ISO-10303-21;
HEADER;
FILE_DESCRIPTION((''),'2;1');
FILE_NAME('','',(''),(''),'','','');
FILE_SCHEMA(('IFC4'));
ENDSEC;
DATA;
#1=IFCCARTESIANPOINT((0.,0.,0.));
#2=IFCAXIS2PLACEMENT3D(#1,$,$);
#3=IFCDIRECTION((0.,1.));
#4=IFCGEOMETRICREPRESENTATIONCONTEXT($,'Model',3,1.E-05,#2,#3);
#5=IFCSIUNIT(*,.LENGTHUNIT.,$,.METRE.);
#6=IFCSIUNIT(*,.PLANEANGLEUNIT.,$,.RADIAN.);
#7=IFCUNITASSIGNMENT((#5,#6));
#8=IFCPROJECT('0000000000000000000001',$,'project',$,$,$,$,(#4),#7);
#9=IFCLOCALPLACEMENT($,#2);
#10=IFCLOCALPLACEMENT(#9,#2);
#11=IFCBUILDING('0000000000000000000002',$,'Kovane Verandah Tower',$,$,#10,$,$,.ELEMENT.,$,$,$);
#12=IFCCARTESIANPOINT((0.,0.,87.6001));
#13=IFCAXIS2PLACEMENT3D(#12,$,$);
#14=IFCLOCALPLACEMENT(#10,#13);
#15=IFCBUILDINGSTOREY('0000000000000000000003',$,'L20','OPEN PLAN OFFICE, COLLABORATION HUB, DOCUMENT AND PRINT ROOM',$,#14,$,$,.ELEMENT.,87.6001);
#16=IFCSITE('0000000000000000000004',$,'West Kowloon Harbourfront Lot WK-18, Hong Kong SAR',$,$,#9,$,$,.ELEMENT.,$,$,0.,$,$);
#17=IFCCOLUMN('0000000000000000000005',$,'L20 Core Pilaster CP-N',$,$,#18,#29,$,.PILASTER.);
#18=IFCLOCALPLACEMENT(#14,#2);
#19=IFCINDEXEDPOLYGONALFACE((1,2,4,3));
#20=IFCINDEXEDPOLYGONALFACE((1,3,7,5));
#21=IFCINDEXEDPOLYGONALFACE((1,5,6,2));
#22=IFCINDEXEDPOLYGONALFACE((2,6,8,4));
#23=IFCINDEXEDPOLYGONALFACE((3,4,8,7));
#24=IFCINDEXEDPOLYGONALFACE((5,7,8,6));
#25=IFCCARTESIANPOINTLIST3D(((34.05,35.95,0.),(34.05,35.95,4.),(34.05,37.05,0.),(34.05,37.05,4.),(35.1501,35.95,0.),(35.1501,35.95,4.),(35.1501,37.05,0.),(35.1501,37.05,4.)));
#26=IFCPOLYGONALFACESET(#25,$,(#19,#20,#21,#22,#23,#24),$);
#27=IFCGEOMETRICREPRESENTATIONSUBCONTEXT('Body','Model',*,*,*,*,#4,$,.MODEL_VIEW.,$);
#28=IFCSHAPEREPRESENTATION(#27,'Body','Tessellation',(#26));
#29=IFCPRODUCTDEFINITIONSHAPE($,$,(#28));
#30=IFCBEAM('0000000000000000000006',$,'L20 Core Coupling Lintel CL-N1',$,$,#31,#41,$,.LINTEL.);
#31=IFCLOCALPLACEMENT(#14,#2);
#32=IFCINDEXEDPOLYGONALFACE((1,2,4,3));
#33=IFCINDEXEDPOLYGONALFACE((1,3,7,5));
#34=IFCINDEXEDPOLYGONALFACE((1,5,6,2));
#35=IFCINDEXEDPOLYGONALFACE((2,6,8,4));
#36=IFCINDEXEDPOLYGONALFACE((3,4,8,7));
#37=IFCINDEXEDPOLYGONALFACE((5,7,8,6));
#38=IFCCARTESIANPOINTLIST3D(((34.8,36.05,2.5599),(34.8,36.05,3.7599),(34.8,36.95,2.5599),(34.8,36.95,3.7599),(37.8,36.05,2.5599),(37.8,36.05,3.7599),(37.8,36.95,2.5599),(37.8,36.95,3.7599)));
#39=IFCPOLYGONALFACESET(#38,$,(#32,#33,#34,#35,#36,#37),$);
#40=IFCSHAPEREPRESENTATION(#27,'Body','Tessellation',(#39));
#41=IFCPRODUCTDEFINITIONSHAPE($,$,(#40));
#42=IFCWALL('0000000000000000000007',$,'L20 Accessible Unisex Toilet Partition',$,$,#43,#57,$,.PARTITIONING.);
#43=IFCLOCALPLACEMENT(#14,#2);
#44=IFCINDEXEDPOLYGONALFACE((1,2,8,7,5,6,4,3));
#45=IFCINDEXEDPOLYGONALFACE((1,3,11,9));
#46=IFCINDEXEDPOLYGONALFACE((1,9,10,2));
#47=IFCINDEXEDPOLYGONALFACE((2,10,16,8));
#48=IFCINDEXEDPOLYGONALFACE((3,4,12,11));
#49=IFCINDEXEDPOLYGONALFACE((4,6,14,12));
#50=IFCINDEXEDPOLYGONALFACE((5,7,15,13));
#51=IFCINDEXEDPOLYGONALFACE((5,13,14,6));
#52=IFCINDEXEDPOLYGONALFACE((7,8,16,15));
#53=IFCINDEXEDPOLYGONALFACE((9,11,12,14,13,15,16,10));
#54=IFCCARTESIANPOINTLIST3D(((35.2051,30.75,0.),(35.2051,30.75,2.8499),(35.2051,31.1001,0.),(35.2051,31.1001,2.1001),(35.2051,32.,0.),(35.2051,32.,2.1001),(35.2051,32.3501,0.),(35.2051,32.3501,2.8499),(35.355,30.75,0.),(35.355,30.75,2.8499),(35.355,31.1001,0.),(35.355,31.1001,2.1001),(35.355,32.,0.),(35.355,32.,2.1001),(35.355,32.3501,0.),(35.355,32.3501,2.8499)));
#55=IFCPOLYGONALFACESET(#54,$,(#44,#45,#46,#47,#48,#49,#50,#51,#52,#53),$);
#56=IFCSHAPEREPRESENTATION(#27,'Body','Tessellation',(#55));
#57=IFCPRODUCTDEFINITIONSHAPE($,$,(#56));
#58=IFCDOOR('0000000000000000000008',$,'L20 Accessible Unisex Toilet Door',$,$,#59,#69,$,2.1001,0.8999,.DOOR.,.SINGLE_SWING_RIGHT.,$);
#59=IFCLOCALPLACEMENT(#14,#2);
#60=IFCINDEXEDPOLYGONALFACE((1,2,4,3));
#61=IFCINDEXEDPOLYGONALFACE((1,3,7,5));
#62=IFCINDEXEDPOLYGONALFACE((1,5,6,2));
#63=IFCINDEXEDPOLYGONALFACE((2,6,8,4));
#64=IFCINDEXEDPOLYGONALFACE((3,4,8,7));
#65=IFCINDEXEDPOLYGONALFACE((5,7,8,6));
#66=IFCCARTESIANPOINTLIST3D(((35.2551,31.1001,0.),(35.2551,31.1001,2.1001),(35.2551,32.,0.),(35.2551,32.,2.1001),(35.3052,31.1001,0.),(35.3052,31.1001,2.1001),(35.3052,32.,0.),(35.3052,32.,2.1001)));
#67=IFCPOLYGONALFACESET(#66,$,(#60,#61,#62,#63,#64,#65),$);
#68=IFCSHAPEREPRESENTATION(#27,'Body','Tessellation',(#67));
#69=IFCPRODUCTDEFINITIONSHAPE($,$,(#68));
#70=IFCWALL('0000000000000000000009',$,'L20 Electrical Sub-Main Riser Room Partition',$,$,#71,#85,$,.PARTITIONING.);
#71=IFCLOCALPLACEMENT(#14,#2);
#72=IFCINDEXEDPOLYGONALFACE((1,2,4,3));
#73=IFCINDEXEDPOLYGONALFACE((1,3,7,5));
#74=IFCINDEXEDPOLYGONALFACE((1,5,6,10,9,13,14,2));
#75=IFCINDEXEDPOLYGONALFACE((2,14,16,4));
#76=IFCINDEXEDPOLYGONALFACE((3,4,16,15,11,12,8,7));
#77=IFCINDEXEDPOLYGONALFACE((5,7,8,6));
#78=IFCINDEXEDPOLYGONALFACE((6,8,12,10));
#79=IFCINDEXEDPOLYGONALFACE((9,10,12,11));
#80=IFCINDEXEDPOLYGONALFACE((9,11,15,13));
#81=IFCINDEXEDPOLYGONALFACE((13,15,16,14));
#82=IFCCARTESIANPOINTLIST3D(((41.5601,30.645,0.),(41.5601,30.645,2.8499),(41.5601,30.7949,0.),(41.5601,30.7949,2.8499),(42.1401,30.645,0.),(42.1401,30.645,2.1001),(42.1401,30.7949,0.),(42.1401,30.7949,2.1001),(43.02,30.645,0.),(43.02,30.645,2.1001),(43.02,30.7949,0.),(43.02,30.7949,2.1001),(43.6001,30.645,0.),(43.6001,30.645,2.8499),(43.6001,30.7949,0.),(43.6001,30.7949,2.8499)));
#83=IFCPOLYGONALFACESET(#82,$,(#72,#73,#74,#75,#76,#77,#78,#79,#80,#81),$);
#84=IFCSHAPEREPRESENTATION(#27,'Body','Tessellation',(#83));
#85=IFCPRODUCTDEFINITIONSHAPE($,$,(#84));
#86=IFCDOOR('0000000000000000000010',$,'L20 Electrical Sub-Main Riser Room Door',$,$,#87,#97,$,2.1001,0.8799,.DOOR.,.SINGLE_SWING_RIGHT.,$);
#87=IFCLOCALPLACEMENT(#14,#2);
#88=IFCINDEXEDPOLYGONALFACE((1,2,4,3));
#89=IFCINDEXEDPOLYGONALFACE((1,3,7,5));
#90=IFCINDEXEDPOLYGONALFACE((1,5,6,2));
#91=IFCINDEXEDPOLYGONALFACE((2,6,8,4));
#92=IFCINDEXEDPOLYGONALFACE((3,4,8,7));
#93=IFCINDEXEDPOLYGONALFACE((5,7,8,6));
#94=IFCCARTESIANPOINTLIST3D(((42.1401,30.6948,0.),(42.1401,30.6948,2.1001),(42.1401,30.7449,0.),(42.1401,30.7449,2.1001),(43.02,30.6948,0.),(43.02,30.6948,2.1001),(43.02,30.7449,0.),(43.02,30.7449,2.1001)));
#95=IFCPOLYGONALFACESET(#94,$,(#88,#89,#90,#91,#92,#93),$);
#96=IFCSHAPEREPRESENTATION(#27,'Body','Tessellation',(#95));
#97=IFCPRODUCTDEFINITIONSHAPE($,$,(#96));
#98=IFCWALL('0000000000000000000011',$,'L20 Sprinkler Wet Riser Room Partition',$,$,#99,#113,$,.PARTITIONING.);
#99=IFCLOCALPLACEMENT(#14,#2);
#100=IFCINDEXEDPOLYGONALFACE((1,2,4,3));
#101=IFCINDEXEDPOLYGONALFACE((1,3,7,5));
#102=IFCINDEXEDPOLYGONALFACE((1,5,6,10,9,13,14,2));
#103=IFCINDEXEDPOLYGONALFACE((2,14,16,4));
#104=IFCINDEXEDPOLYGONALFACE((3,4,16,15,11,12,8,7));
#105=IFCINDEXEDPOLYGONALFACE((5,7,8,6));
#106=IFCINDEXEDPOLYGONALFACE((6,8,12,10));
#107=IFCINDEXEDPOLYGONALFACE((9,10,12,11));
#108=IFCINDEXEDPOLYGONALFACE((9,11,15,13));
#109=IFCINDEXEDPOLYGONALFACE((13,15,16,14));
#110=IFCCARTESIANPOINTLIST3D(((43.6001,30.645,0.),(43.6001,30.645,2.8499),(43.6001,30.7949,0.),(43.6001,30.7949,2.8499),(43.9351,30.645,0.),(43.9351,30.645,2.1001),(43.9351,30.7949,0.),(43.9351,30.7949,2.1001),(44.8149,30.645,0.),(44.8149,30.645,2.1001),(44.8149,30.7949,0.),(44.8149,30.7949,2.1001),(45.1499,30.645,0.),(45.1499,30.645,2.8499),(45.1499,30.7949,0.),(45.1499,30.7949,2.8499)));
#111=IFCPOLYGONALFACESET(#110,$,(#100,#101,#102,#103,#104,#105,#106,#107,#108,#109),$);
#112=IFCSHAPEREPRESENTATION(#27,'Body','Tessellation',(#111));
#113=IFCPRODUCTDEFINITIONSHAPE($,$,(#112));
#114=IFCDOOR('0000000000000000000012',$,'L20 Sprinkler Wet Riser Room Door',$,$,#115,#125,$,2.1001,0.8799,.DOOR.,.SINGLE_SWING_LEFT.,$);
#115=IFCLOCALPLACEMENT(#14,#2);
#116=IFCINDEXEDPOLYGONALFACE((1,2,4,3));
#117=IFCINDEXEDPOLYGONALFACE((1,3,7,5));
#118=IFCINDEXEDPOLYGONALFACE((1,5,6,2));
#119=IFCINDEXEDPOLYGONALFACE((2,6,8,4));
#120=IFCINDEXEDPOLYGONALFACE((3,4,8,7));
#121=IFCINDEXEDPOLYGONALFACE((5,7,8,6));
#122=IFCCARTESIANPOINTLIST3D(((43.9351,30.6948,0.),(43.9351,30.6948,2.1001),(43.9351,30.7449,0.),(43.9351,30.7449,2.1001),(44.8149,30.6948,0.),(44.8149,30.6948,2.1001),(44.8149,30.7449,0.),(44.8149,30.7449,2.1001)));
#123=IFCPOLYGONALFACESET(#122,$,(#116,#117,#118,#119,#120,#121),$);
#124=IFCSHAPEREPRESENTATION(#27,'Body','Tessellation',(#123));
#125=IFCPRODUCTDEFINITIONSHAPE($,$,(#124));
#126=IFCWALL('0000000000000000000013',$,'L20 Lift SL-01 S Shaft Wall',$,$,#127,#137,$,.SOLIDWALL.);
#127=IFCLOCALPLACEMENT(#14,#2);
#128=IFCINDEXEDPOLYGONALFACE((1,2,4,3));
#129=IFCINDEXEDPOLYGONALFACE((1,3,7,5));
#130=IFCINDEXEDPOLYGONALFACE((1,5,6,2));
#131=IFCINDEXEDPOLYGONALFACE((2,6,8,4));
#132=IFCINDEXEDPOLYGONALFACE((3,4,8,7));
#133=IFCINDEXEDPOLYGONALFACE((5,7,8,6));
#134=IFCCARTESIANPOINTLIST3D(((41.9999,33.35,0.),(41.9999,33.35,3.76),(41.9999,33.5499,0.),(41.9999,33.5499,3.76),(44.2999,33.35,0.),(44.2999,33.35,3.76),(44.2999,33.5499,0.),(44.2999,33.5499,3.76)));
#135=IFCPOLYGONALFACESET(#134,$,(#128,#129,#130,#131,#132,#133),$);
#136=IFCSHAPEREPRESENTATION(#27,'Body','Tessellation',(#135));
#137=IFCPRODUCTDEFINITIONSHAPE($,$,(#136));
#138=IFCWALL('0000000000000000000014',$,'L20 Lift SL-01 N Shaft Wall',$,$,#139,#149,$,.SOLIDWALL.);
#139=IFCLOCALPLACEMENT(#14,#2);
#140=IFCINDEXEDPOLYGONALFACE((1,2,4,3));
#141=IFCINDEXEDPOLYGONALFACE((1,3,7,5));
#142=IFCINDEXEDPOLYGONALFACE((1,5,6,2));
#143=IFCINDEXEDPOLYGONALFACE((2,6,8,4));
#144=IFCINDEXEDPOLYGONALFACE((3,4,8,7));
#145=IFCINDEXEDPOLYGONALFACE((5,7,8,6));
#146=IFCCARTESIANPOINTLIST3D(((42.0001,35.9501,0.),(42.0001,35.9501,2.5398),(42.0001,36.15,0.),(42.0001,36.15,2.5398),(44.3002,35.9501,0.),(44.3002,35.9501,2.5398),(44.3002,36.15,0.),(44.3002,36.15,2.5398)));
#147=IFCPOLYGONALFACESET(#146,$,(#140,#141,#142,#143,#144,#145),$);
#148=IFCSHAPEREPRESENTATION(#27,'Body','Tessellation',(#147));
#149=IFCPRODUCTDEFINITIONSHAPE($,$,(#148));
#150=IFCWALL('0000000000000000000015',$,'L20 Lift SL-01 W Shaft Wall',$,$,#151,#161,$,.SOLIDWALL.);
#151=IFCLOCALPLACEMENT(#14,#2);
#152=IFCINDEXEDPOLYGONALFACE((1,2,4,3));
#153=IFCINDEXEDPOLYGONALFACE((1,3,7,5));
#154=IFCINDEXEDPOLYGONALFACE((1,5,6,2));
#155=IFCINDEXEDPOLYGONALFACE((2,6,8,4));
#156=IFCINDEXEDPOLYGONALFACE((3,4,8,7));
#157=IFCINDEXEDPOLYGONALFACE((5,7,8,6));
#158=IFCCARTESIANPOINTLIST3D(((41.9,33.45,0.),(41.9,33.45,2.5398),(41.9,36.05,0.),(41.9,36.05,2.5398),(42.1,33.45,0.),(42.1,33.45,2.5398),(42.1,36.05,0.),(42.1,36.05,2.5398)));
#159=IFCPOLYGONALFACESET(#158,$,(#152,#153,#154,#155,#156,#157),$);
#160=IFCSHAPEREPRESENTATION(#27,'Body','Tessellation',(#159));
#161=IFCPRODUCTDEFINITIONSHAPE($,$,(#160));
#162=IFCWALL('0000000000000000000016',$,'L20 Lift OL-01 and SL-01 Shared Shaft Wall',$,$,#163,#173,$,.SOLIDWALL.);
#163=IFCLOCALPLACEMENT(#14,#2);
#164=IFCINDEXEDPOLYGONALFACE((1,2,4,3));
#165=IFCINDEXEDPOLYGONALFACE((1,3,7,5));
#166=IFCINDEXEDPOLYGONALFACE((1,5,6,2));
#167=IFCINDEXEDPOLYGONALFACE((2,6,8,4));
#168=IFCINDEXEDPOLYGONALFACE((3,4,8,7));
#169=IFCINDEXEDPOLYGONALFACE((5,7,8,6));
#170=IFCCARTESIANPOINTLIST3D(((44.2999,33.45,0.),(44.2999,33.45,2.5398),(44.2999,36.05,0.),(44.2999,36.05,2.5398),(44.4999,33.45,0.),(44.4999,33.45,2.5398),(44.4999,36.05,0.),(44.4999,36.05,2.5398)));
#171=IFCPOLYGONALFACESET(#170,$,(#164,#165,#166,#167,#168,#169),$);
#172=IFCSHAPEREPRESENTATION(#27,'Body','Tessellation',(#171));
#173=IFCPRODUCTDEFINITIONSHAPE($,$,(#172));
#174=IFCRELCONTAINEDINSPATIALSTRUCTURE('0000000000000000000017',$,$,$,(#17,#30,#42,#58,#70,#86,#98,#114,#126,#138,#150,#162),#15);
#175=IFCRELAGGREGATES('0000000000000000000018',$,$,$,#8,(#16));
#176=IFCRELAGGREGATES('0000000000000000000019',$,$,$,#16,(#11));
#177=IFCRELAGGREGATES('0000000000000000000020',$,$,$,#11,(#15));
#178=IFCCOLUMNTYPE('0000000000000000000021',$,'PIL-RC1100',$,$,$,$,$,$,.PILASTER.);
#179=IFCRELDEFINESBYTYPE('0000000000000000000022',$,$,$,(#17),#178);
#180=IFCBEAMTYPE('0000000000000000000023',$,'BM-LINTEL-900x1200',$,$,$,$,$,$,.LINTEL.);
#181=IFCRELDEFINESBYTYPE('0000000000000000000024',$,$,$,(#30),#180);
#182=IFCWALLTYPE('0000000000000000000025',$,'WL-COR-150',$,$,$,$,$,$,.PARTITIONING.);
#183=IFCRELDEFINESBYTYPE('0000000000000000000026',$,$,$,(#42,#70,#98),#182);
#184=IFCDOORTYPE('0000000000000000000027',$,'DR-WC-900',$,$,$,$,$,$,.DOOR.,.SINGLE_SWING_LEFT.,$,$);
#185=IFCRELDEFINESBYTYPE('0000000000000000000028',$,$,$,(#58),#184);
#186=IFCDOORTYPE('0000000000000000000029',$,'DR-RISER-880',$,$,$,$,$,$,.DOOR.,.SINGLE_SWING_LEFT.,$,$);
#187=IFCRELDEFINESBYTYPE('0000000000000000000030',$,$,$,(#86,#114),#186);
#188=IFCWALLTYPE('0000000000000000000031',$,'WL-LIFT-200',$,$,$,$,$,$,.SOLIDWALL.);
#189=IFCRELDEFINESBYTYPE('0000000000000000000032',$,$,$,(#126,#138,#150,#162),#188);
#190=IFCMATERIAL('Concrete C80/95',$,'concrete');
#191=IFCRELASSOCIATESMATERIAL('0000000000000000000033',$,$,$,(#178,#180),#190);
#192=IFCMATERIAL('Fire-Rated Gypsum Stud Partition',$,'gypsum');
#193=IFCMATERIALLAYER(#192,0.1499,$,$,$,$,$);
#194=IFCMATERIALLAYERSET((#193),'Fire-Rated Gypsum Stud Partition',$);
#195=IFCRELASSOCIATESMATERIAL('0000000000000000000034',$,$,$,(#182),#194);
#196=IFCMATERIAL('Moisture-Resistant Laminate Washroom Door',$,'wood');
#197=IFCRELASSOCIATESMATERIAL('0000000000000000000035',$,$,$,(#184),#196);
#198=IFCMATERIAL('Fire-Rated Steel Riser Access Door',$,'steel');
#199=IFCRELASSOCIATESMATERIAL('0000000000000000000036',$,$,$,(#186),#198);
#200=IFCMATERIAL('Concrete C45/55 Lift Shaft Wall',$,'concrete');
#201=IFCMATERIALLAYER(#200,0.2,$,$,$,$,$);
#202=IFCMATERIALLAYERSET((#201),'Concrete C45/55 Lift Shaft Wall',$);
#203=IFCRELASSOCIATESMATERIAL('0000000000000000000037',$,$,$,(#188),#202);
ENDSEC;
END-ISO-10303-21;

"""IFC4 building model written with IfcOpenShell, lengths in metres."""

from ifc_helpers import new_model, si_unit, direction, frame, frame_2d, origin, origin_2d, place, context, subcontext, project, spatial, rectangle, extrude, material, layer, layer_set, material_profile, profile_set, type_object, element, fill, save


model = new_model("IFC4")

# Units and contexts
model_context = context("Model", 3, precision=1e-05, world=origin(), true_north=direction((0.0, 1.0)))
body_context = subcontext(model_context, "Body", "Model", "MODEL_VIEW")
ifc_project = project(units=[si_unit("LENGTHUNIT", "METRE"), si_unit("PLANEANGLEUNIT", "RADIAN")], contexts=[model_context])

# Site, building, storey
site_placement = place(None, origin())
site = spatial("IfcSite", under=ifc_project, at=site_placement, Name="West Kowloon Harbourfront Lot WK-18, Hong Kong SAR", CompositionType="ELEMENT", RefElevation=0.0)
building_placement = place(site_placement, origin())
building = spatial("IfcBuilding", under=site, at=building_placement, Name="Kovane Verandah Tower", CompositionType="ELEMENT")
storey_placement = place(building_placement, frame((0.0, 0.0, 87.6001)))
storey = spatial("IfcBuildingStorey", under=building, at=storey_placement, Name="L20", Description="OPEN PLAN OFFICE, COLLABORATION HUB, DOCUMENT AND PRINT ROOM", CompositionType="ELEMENT", Elevation=87.6001)

# Column
ifc_material_1 = material(Name="Concrete C80/95", Category="concrete")
ifc_material_profile_1 = material_profile(ifc_material_1, rectangle(XDim=1.1001, YDim=1.1001, at=origin_2d()), Name="RC1100x1100")
ifc_profile_set_1 = profile_set([ifc_material_profile_1], Name="Concrete C80/95")
column_type = type_object("IfcColumnType", Name="PIL-RC1100", PredefinedType="PILASTER", material=ifc_profile_set_1)
column_placement = place(storey_placement, frame((34.6001, 36.5, 0.0), z_axis=(0.0, 0.0, 1.0), x_axis=(1.0, 0.0, 0.0)))
element("IfcColumn", 1, at=column_placement, inside=storey, type_object=column_type, Name="L20 Core Pilaster CP-N", PredefinedType="PILASTER", context=body_context, shape_type="SweptSolid", body=[
    extrude(rectangle(XDim=1.1001, YDim=1.1001, at=origin_2d()), origin(), (0.0, 0.0, 1.0), 4.0),
])

# Beam
ifc_material_profile_2 = material_profile(ifc_material_1, rectangle(XDim=0.8999, YDim=1.2, at=origin_2d()), Name="RCB900x1200")
ifc_profile_set_2 = profile_set([ifc_material_profile_2], Name="Concrete C80/95")
beam_type = type_object("IfcBeamType", Name="BM-LINTEL-900x1200", PredefinedType="LINTEL", material=ifc_profile_set_2)
beam_placement = place(storey_placement, frame((34.8, 36.5, 3.1599), z_axis=(1.0, 0.0, 0.0), x_axis=(0.0, 1.0, 0.0)))
element("IfcBeam", 2, at=beam_placement, inside=storey, type_object=beam_type, Name="L20 Core Coupling Lintel CL-N1", PredefinedType="LINTEL", context=body_context, shape_type="SweptSolid", body=[
    extrude(rectangle(XDim=0.8999, YDim=1.2, at=origin_2d()), origin(), (0.0, 0.0, 1.0), 3.0),
])

# Walls, openings, doors
ifc_material_2 = material(Name="Fire-Rated Gypsum Stud Partition", Category="gypsum")
ifc_layer_1 = layer(ifc_material_2, 0.1499)
ifc_layer_set_1 = layer_set([ifc_layer_1], Name="Fire-Rated Gypsum Stud Partition")
wall_type_1 = type_object("IfcWallType", Name="WL-COR-150", PredefinedType="PARTITIONING", material=ifc_layer_set_1)
wall_1_placement = place(storey_placement, frame((35.28, 30.75, 0.0), z_axis=(0.0, 0.0, 1.0), x_axis=(0.0, 1.0, 0.0)))
wall_1 = element("IfcWall", 3, at=wall_1_placement, inside=storey, type_object=wall_type_1, Name="L20 Accessible Unisex Toilet Partition", PredefinedType="PARTITIONING", context=body_context, shape_type="SweptSolid", body=[
    extrude(rectangle(XDim=1.6001, YDim=0.1499, at=frame_2d((0.8, 0.0))), origin(), (0.0, 0.0, 1.0), 2.8499),
])
opening_1_placement = place(wall_1_placement, frame((0.3501, 0.0, 0.0)))
opening_1 = element("IfcOpeningElement", 4, at=opening_1_placement, cuts=wall_1, PredefinedType="OPENING", context=body_context, shape_type="SweptSolid", body=[
    extrude(rectangle(XDim=0.8999, YDim=2.1001, at=frame_2d((0.45, 1.05))), frame((0.0, 0.075, 0.0), z_axis=(0.0, -1.0, 0.0), x_axis=(1.0, 0.0, 0.0)), (0.0, 0.0, 1.0), 0.1499),
])
ifc_material_3 = material(Name="Moisture-Resistant Laminate Washroom Door", Category="wood")
door_type_1 = type_object("IfcDoorType", Name="DR-WC-900", OperationType="SINGLE_SWING_LEFT", PredefinedType="DOOR", material=ifc_material_3)
door_1_placement = place(opening_1_placement, origin())
door_1 = element("IfcDoor", 5, at=door_1_placement, inside=storey, type_object=door_type_1, Name="L20 Accessible Unisex Toilet Door", OperationType="SINGLE_SWING_RIGHT", OverallHeight=2.1001, OverallWidth=0.8999, PredefinedType="DOOR", context=body_context, shape_type="SweptSolid", body=[
    extrude(rectangle(XDim=0.8999, YDim=2.1001, at=frame_2d((0.45, 1.05))), frame((0.0, 0.0249, 0.0), z_axis=(0.0, -1.0, 0.0), x_axis=(1.0, 0.0, 0.0)), (0.0, 0.0, 1.0), 0.05),
])
fill(opening_1, door_1)
wall_2_placement = place(storey_placement, frame((41.5601, 30.72, 0.0), z_axis=(0.0, 0.0, 1.0), x_axis=(1.0, 0.0, 0.0)))
wall_2 = element("IfcWall", 6, at=wall_2_placement, inside=storey, type_object=wall_type_1, Name="L20 Electrical Sub-Main Riser Room Partition", PredefinedType="PARTITIONING", context=body_context, shape_type="SweptSolid", body=[
    extrude(rectangle(XDim=2.04, YDim=0.1499, at=frame_2d((1.02, 0.0))), origin(), (0.0, 0.0, 1.0), 2.8499),
])
opening_2_placement = place(wall_2_placement, frame((0.5801, 0.0, 0.0)))
opening_2 = element("IfcOpeningElement", 7, at=opening_2_placement, cuts=wall_2, PredefinedType="OPENING", context=body_context, shape_type="SweptSolid", body=[
    extrude(rectangle(XDim=0.8799, YDim=2.1001, at=frame_2d((0.4399, 1.05))), frame((0.0, 0.075, 0.0), z_axis=(0.0, -1.0, 0.0), x_axis=(1.0, 0.0, 0.0)), (0.0, 0.0, 1.0), 0.1499),
])
ifc_material_4 = material(Name="Fire-Rated Steel Riser Access Door", Category="steel")
door_type_2 = type_object("IfcDoorType", Name="DR-RISER-880", OperationType="SINGLE_SWING_LEFT", PredefinedType="DOOR", material=ifc_material_4)
door_2_placement = place(opening_2_placement, origin())
door_2 = element("IfcDoor", 8, at=door_2_placement, inside=storey, type_object=door_type_2, Name="L20 Electrical Sub-Main Riser Room Door", OperationType="SINGLE_SWING_RIGHT", OverallHeight=2.1001, OverallWidth=0.8799, PredefinedType="DOOR", context=body_context, shape_type="SweptSolid", body=[
    extrude(rectangle(XDim=0.8799, YDim=2.1001, at=frame_2d((0.4399, 1.05))), frame((0.0, 0.0249, 0.0), z_axis=(0.0, -1.0, 0.0), x_axis=(1.0, 0.0, 0.0)), (0.0, 0.0, 1.0), 0.05),
])
fill(opening_2, door_2)
wall_3_placement = place(storey_placement, frame((43.6001, 30.72, 0.0), z_axis=(0.0, 0.0, 1.0), x_axis=(1.0, 0.0, 0.0)))
wall_3 = element("IfcWall", 9, at=wall_3_placement, inside=storey, type_object=wall_type_1, Name="L20 Sprinkler Wet Riser Room Partition", PredefinedType="PARTITIONING", context=body_context, shape_type="SweptSolid", body=[
    extrude(rectangle(XDim=1.5498, YDim=0.1499, at=frame_2d((0.7749, 0.0))), origin(), (0.0, 0.0, 1.0), 2.8499),
])
opening_3_placement = place(wall_3_placement, frame((0.335, 0.0, 0.0)))
opening_3 = element("IfcOpeningElement", 10, at=opening_3_placement, cuts=wall_3, PredefinedType="OPENING", context=body_context, shape_type="SweptSolid", body=[
    extrude(rectangle(XDim=0.8799, YDim=2.1001, at=frame_2d((0.4399, 1.05))), frame((0.0, 0.075, 0.0), z_axis=(0.0, -1.0, 0.0), x_axis=(1.0, 0.0, 0.0)), (0.0, 0.0, 1.0), 0.1499),
])
door_3_placement = place(opening_3_placement, origin())
door_3 = element("IfcDoor", 11, at=door_3_placement, inside=storey, type_object=door_type_2, Name="L20 Sprinkler Wet Riser Room Door", OperationType="SINGLE_SWING_LEFT", OverallHeight=2.1001, OverallWidth=0.8799, PredefinedType="DOOR", context=body_context, shape_type="SweptSolid", body=[
    extrude(rectangle(XDim=0.8799, YDim=2.1001, at=frame_2d((0.4399, 1.05))), frame((0.0, 0.0249, 0.0), z_axis=(0.0, -1.0, 0.0), x_axis=(1.0, 0.0, 0.0)), (0.0, 0.0, 1.0), 0.05),
])
fill(opening_3, door_3)

# Walls
ifc_material_5 = material(Name="Concrete C45/55 Lift Shaft Wall", Category="concrete")
ifc_layer_2 = layer(ifc_material_5, 0.2)
ifc_layer_set_2 = layer_set([ifc_layer_2], Name="Concrete C45/55 Lift Shaft Wall")
wall_type_2 = type_object("IfcWallType", Name="WL-LIFT-200", PredefinedType="SOLIDWALL", material=ifc_layer_set_2)
wall_4_placement = place(storey_placement, frame((42.0, 33.45, 0.0), z_axis=(0.0, 0.0, 1.0), x_axis=(1.0, 0.0, 0.0)))
element("IfcWall", 12, at=wall_4_placement, inside=storey, type_object=wall_type_2, Name="L20 Lift SL-01 S Shaft Wall", PredefinedType="SOLIDWALL", context=body_context, shape_type="SweptSolid", body=[
    extrude(rectangle(XDim=2.3, YDim=0.2, at=frame_2d((1.1499, 0.0))), origin(), (0.0, 0.0, 1.0), 3.76),
])
wall_5_placement = place(storey_placement, frame((44.3, 36.05, 0.0), z_axis=(0.0, 0.0, 1.0), x_axis=(-1.0, 0.0, 0.0)))
element("IfcWall", 13, at=wall_5_placement, inside=storey, type_object=wall_type_2, Name="L20 Lift SL-01 N Shaft Wall", PredefinedType="SOLIDWALL", context=body_context, shape_type="SweptSolid", body=[
    extrude(rectangle(XDim=2.3, YDim=0.2, at=frame_2d((1.1499, 0.0))), origin(), (0.0, 0.0, 1.0), 2.5398),
])
for number, where, z_axis, x_axis, name in (
    (14, (42.0, 36.05, 0.0), (0.0, 0.0, 1.0), (0.0, -1.0, 0.0), "L20 Lift SL-01 W Shaft Wall"),
    (15, (44.3999, 33.45, 0.0), (0.0, 0.0, 1.0), (0.0, 1.0, 0.0), "L20 Lift OL-01 and SL-01 Shared Shaft Wall"),
):
    element("IfcWall", number, at=place(storey_placement, frame(where, z_axis=z_axis, x_axis=x_axis)), inside=storey, type_object=wall_type_2, Name=name, PredefinedType="SOLIDWALL", context=body_context, shape_type="SweptSolid", body=[
        extrude(rectangle(XDim=2.6001, YDim=0.2, at=frame_2d((1.3, 0.0))), origin(), (0.0, 0.0, 1.0), 2.5398),
    ])

save(model, "model.ifc")
